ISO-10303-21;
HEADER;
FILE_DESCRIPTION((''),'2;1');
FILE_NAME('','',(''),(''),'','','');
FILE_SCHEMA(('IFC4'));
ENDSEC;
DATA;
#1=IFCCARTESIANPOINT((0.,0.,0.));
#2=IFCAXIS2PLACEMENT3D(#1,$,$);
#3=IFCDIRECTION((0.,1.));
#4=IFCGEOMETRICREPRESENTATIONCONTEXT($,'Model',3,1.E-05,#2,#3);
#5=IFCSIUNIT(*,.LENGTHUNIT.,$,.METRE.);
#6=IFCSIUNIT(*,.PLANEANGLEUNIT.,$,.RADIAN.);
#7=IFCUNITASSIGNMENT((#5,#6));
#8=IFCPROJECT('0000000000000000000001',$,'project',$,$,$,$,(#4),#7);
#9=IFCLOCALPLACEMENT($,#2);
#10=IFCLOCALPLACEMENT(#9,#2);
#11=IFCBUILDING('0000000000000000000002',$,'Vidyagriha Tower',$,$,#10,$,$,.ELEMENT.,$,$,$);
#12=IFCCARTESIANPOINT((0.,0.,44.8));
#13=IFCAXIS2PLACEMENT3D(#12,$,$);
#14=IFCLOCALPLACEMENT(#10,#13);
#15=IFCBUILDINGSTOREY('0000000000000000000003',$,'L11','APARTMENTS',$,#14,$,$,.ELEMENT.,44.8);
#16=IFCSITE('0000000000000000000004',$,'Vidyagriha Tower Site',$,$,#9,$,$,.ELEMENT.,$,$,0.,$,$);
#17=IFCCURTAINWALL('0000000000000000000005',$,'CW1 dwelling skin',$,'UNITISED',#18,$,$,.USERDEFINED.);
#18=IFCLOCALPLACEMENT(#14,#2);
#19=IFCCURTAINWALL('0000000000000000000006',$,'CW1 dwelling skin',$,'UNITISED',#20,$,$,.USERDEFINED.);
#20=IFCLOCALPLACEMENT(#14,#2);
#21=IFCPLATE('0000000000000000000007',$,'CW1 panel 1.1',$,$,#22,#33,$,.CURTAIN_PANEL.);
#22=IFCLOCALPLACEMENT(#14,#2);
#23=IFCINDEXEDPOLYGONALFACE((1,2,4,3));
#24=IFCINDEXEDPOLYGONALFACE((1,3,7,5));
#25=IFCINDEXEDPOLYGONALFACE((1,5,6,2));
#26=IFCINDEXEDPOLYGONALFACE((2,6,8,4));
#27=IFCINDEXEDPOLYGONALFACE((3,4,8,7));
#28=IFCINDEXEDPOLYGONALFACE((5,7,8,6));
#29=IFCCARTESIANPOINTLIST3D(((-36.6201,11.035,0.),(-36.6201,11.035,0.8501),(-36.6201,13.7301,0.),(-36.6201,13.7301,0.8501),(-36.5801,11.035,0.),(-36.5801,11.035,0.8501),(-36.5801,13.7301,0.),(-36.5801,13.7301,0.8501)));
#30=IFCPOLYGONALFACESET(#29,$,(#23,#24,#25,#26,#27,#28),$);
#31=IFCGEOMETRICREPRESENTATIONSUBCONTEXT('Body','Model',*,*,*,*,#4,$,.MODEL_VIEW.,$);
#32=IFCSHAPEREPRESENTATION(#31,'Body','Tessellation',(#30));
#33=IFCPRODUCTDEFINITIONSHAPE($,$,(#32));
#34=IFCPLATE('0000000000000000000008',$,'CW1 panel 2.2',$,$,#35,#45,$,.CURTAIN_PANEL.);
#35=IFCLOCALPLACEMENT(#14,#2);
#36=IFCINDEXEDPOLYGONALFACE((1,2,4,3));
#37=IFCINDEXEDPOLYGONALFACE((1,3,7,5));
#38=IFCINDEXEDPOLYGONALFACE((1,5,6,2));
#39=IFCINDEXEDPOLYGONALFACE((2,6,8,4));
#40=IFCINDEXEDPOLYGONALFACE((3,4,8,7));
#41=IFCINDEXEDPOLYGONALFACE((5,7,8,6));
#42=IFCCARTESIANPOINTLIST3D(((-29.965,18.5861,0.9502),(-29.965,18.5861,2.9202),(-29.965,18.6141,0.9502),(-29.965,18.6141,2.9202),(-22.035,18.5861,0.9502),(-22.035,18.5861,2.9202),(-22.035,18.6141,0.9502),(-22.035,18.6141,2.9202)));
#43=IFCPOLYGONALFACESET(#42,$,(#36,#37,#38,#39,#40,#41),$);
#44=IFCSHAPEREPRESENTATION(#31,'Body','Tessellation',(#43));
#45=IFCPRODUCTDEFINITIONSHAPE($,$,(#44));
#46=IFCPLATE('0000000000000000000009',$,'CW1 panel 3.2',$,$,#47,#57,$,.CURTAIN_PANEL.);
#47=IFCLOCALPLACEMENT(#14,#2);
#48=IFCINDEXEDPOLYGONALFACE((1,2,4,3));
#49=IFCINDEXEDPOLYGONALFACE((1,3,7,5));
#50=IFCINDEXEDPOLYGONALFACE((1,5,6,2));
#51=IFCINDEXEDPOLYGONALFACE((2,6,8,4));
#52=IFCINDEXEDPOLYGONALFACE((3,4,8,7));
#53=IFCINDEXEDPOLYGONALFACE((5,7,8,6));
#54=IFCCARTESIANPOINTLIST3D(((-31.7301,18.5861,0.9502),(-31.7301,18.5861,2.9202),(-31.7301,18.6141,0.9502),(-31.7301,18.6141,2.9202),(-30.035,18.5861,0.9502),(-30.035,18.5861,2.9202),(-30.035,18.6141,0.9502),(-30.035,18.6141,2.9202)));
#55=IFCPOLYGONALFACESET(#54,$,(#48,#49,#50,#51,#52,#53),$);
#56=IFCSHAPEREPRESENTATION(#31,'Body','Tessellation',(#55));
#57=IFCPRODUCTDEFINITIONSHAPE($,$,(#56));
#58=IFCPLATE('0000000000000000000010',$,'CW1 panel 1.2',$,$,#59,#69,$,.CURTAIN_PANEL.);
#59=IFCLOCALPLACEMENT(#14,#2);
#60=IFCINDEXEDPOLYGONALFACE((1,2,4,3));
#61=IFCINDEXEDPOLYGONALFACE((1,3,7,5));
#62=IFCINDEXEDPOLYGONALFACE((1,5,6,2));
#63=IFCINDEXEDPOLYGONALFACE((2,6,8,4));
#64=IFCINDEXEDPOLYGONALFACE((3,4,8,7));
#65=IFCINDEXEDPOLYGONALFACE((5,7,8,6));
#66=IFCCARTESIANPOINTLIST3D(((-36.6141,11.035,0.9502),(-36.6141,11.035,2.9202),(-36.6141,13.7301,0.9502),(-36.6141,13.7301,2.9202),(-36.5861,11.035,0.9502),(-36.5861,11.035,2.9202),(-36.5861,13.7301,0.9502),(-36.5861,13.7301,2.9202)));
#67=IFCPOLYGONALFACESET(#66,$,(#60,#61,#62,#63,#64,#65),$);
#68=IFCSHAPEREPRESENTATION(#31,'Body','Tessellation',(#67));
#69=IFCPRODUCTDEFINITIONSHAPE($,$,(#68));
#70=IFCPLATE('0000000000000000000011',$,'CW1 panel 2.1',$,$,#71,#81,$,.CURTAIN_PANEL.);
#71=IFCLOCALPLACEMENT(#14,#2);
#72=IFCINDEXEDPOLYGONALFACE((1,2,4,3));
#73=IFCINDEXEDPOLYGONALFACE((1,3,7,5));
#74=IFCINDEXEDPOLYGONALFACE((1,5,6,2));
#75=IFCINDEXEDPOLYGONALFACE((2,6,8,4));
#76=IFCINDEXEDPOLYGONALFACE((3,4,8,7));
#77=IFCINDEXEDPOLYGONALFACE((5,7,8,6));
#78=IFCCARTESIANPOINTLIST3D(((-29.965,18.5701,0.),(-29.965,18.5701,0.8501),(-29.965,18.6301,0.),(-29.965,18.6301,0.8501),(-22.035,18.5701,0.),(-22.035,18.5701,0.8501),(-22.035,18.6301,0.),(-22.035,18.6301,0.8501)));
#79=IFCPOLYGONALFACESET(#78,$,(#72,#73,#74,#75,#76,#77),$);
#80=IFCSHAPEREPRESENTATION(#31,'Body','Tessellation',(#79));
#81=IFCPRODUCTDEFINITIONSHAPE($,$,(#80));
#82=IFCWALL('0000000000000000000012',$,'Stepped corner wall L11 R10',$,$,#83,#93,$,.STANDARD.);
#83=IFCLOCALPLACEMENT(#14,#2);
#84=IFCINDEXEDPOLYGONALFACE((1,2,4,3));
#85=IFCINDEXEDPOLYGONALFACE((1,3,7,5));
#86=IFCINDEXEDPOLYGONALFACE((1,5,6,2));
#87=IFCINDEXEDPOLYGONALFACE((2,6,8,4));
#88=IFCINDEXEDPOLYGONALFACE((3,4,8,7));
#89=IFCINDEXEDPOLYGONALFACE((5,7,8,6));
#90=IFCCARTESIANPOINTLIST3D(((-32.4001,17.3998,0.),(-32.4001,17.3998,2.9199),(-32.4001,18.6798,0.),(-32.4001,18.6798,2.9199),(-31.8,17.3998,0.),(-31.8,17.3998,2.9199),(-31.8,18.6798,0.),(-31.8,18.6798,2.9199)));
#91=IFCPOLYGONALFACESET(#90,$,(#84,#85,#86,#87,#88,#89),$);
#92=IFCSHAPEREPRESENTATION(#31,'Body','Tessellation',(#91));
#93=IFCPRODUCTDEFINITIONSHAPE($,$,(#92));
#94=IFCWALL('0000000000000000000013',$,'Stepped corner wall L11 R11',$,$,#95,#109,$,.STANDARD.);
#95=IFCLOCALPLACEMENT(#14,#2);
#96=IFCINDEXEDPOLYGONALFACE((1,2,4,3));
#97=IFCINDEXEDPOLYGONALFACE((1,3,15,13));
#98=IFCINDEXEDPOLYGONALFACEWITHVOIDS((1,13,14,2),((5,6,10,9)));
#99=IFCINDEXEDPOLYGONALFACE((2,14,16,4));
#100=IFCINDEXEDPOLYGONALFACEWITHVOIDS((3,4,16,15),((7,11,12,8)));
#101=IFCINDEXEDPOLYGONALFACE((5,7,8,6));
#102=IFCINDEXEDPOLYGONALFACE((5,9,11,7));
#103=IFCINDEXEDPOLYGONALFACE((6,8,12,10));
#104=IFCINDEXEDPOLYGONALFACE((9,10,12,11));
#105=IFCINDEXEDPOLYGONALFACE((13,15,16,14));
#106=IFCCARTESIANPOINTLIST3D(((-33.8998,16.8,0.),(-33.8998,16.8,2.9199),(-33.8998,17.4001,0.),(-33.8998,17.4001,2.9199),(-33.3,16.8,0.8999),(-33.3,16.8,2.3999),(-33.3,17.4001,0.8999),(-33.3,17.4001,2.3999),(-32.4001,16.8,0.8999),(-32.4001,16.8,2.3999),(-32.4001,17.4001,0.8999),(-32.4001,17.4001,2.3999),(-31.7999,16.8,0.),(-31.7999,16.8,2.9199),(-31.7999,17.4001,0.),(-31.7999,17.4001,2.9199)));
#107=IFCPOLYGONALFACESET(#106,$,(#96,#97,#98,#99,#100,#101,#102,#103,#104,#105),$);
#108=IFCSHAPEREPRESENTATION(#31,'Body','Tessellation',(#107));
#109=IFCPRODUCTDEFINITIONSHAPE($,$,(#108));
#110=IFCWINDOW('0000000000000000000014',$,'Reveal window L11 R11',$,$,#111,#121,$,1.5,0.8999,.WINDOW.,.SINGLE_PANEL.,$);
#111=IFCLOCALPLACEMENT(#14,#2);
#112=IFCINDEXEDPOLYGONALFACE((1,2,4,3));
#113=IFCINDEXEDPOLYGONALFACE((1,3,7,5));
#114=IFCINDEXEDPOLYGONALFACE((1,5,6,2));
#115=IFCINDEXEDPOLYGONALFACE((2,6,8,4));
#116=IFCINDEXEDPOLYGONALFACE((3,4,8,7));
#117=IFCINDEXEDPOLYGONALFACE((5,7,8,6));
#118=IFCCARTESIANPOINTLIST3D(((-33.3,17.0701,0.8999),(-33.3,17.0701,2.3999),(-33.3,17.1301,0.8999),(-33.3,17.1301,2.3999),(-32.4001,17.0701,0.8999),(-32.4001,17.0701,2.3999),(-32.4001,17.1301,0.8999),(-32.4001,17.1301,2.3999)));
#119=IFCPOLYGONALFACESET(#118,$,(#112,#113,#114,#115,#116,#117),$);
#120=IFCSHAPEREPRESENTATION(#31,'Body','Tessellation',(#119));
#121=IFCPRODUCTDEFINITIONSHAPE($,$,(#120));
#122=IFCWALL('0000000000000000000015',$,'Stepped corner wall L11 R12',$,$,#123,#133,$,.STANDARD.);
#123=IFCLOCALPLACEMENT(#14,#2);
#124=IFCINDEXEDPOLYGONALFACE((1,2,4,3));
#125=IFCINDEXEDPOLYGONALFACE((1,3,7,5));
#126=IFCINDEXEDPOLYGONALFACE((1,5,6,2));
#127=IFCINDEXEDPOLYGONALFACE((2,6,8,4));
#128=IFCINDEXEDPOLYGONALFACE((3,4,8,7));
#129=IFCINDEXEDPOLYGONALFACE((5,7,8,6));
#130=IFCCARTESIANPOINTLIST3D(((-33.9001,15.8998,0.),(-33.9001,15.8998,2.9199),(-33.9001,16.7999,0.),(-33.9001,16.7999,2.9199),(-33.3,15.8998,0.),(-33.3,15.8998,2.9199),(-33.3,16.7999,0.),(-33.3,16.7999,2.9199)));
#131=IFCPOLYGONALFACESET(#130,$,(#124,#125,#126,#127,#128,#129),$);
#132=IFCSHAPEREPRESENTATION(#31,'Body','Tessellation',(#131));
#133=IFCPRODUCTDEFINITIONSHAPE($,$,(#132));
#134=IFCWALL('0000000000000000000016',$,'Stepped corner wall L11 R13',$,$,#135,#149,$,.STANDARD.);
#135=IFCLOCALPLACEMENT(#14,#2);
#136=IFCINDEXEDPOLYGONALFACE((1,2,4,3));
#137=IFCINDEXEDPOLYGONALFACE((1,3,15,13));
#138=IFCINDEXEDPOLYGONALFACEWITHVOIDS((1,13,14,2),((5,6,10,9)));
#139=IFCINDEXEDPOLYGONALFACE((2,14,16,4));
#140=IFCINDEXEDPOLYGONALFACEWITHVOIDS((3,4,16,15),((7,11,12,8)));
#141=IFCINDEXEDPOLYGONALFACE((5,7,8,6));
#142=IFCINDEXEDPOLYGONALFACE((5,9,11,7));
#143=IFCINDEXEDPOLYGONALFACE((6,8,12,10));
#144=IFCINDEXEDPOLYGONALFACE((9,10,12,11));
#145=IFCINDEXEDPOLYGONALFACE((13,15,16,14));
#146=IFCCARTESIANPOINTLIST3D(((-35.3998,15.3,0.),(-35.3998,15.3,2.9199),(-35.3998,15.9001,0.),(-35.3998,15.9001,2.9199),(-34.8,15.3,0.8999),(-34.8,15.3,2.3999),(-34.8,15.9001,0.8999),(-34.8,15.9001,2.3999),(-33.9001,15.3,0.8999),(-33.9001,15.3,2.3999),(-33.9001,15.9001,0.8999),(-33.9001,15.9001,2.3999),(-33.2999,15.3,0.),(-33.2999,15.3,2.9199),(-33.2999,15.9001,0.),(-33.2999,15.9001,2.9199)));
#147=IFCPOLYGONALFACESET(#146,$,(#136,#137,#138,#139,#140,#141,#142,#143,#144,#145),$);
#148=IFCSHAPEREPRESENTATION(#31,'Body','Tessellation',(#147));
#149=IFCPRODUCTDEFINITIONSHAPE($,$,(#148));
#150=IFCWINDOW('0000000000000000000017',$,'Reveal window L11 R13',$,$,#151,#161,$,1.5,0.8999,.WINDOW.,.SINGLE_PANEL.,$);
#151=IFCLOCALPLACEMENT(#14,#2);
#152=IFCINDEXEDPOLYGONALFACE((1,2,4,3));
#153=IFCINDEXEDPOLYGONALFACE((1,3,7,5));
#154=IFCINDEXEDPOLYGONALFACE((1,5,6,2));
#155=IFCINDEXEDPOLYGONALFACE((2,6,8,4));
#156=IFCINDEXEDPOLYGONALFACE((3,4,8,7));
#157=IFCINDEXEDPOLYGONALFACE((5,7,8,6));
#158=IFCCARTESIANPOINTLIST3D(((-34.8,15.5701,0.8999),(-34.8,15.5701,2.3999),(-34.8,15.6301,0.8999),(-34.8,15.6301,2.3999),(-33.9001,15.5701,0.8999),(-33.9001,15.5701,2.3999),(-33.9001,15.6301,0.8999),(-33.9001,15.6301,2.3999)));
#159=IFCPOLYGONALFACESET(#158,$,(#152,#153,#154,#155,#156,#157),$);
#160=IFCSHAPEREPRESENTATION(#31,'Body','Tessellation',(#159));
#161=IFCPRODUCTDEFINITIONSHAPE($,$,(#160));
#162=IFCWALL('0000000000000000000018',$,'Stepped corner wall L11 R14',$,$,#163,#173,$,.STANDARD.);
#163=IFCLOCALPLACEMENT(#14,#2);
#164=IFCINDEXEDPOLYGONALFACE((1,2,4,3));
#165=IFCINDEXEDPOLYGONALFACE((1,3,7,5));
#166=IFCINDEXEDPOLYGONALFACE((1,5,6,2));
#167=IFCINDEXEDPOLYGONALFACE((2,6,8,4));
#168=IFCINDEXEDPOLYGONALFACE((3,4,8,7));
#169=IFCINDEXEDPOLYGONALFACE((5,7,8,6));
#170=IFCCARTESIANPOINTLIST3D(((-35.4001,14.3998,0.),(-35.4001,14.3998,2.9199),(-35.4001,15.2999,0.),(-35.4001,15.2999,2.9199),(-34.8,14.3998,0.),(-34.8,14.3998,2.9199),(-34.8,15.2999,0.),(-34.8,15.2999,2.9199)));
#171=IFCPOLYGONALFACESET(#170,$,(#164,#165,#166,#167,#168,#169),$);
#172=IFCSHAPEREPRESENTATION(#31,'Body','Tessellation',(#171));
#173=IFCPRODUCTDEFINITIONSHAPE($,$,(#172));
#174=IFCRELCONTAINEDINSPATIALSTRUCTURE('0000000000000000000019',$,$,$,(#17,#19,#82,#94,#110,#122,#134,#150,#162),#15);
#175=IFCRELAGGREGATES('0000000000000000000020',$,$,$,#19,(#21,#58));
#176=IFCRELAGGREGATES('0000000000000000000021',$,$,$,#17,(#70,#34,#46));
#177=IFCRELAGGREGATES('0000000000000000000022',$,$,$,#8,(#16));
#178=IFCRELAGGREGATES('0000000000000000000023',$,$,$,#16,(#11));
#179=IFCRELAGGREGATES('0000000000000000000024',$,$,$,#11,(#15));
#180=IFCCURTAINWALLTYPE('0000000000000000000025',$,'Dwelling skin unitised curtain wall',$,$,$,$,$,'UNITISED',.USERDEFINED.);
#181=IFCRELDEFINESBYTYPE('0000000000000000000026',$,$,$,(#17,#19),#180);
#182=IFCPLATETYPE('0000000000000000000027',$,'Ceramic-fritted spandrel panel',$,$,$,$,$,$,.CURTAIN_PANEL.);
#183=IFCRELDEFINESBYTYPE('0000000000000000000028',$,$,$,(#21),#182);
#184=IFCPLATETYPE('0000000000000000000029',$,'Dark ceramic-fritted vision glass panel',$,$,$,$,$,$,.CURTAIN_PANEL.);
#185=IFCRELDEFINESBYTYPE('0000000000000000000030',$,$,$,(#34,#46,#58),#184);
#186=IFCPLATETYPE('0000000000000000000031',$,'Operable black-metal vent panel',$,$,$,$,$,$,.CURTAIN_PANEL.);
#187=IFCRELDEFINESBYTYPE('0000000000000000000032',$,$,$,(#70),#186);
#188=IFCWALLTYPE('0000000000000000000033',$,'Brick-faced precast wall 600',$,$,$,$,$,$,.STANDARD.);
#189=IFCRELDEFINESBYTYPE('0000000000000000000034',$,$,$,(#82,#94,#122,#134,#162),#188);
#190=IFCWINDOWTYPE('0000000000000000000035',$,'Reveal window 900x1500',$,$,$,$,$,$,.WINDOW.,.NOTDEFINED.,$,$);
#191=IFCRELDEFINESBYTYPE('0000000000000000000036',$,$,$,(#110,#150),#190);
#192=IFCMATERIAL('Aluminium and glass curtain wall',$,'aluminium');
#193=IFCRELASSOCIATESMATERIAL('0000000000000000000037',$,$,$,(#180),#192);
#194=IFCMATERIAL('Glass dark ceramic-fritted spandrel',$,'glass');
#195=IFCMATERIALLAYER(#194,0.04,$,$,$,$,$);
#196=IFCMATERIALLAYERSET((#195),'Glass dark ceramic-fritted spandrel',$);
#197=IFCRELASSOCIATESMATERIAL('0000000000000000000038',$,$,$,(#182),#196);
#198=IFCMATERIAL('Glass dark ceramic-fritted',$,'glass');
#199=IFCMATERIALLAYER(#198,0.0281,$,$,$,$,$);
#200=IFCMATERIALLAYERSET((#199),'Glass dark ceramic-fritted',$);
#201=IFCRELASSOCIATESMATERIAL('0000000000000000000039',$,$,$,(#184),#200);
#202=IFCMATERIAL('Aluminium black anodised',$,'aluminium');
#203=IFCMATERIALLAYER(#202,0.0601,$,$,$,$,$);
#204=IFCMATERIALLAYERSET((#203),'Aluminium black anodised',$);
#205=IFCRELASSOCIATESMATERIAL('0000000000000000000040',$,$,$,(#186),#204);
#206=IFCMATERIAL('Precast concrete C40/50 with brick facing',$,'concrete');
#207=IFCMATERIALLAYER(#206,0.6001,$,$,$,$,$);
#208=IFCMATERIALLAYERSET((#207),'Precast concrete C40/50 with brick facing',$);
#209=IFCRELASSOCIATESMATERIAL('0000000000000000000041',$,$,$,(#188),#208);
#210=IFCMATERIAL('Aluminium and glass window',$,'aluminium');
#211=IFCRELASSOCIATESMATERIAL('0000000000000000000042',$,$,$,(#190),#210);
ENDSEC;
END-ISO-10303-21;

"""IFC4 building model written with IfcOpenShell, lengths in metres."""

from ifc_helpers import new_model, si_unit, direction, frame, frame_2d, origin, origin_2d, place, context, subcontext, project, spatial, rectangle, extrude, material, layer, layer_set, type_object, element, fill, aggregate, save


model = new_model("IFC4")

# Units and contexts
model_context = context("Model", 3, precision=1e-05, world=origin(), true_north=direction((0.0, 1.0)))
body_context = subcontext(model_context, "Body", "Model", "MODEL_VIEW")
ifc_project = project(units=[si_unit("LENGTHUNIT", "METRE"), si_unit("PLANEANGLEUNIT", "RADIAN")], contexts=[model_context])

# Site, building, storey
site_placement = place(None, origin())
site = spatial("IfcSite", under=ifc_project, at=site_placement, Name="Vidyagriha Tower Site", CompositionType="ELEMENT", RefElevation=0.0)
building_placement = place(site_placement, origin())
building = spatial("IfcBuilding", under=site, at=building_placement, Name="Vidyagriha Tower", CompositionType="ELEMENT")
storey_placement = place(building_placement, frame((0.0, 0.0, 44.8)))
storey = spatial("IfcBuildingStorey", under=building, at=storey_placement, Name="L11", Description="APARTMENTS", CompositionType="ELEMENT", Elevation=44.8)

# Curtain wall
ifc_material_1 = material(Name="Aluminium and glass curtain wall", Category="aluminium")
curtain_wall_type = type_object("IfcCurtainWallType", Name="Dwelling skin unitised curtain wall", ElementType="UNITISED", PredefinedType="USERDEFINED", material=ifc_material_1)
curtain_wall_1_placement = place(storey_placement, origin())
curtain_wall_1 = element("IfcCurtainWall", 1, at=curtain_wall_1_placement, inside=storey, type_object=curtain_wall_type, Name="CW1 dwelling skin", ObjectType="UNITISED", PredefinedType="USERDEFINED")

# Curtain wall
curtain_wall_2_placement = place(storey_placement, origin())
curtain_wall_2 = element("IfcCurtainWall", 2, at=curtain_wall_2_placement, inside=storey, type_object=curtain_wall_type, Name="CW1 dwelling skin", ObjectType="UNITISED", PredefinedType="USERDEFINED")

# Plates
ifc_material_2 = material(Name="Glass dark ceramic-fritted spandrel", Category="glass")
ifc_layer_1 = layer(ifc_material_2, 0.04)
ifc_layer_set_1 = layer_set([ifc_layer_1], Name="Glass dark ceramic-fritted spandrel")
plate_type_1 = type_object("IfcPlateType", Name="Ceramic-fritted spandrel panel", PredefinedType="CURTAIN_PANEL", material=ifc_layer_set_1)
plate_1_placement = place(storey_placement, frame((-36.6001, 12.3826, 0.0), z_axis=(0.0, 0.0, 1.0), x_axis=(0.0, -1.0, 0.0)))
plate_1 = element("IfcPlate", 3, at=plate_1_placement, type_object=plate_type_1, Name="CW1 panel 1.1", PredefinedType="CURTAIN_PANEL", context=body_context, shape_type="SweptSolid", body=[
    extrude(rectangle(XDim=2.6951, YDim=0.04, at=origin_2d()), origin(), (0.0, 0.0, 1.0), 0.8501),
])
ifc_material_3 = material(Name="Glass dark ceramic-fritted", Category="glass")
ifc_layer_2 = layer(ifc_material_3, 0.0281)
ifc_layer_set_2 = layer_set([ifc_layer_2], Name="Glass dark ceramic-fritted")
plate_type_2 = type_object("IfcPlateType", Name="Dark ceramic-fritted vision glass panel", PredefinedType="CURTAIN_PANEL", material=ifc_layer_set_2)
plate_2_placement = place(storey_placement, frame((-26.0, 18.6001, 0.9502), z_axis=(0.0, 0.0, 1.0), x_axis=(-1.0, 0.0, 0.0)))
plate_2 = element("IfcPlate", 4, at=plate_2_placement, type_object=plate_type_2, Name="CW1 panel 2.2", PredefinedType="CURTAIN_PANEL", context=body_context, shape_type="SweptSolid", body=[
    extrude(rectangle(XDim=7.9299, YDim=0.0281, at=origin_2d()), origin(), (0.0, 0.0, 1.0), 1.97),
])
plate_3_placement = place(storey_placement, frame((-30.8826, 18.6001, 0.9502), z_axis=(0.0, 0.0, 1.0), x_axis=(-1.0, 0.0, 0.0)))
plate_3 = element("IfcPlate", 5, at=plate_3_placement, type_object=plate_type_2, Name="CW1 panel 3.2", PredefinedType="CURTAIN_PANEL", context=body_context, shape_type="SweptSolid", body=[
    extrude(rectangle(XDim=1.6951, YDim=0.0281, at=origin_2d()), origin(), (0.0, 0.0, 1.0), 1.97),
])
plate_4_placement = place(storey_placement, frame((-36.6001, 12.3826, 0.9502), z_axis=(0.0, 0.0, 1.0), x_axis=(0.0, -1.0, 0.0)))
plate_4 = element("IfcPlate", 6, at=plate_4_placement, type_object=plate_type_2, Name="CW1 panel 1.2", PredefinedType="CURTAIN_PANEL", context=body_context, shape_type="SweptSolid", body=[
    extrude(rectangle(XDim=2.6951, YDim=0.0281, at=origin_2d()), origin(), (0.0, 0.0, 1.0), 1.97),
])
aggregate(curtain_wall_2, [plate_1, plate_4])
ifc_material_4 = material(Name="Aluminium black anodised", Category="aluminium")
ifc_layer_3 = layer(ifc_material_4, 0.0601)
ifc_layer_set_3 = layer_set([ifc_layer_3], Name="Aluminium black anodised")
plate_type_3 = type_object("IfcPlateType", Name="Operable black-metal vent panel", PredefinedType="CURTAIN_PANEL", material=ifc_layer_set_3)
plate_5_placement = place(storey_placement, frame((-26.0, 18.6001, 0.0), z_axis=(0.0, 0.0, 1.0), x_axis=(-1.0, 0.0, 0.0)))
plate_5 = element("IfcPlate", 7, at=plate_5_placement, type_object=plate_type_3, Name="CW1 panel 2.1", PredefinedType="CURTAIN_PANEL", context=body_context, shape_type="SweptSolid", body=[
    extrude(rectangle(XDim=7.9299, YDim=0.0601, at=origin_2d()), origin(), (0.0, 0.0, 1.0), 0.8501),
])
aggregate(curtain_wall_1, [plate_5, plate_2, plate_3])

# Wall
ifc_material_5 = material(Name="Precast concrete C40/50 with brick facing", Category="concrete")
ifc_layer_4 = layer(ifc_material_5, 0.6001)
ifc_layer_set_4 = layer_set([ifc_layer_4], Name="Precast concrete C40/50 with brick facing")
wall_type_1 = type_object("IfcWallType", Name="Brick-faced precast wall 600", PredefinedType="STANDARD", material=ifc_layer_set_4)
wall_1_placement = place(storey_placement, frame((-32.1001, 18.6799, 0.0), z_axis=(0.0, 0.0, 1.0), x_axis=(0.0, -1.0, 0.0)))
element("IfcWall", 8, at=wall_1_placement, inside=storey, type_object=wall_type_1, Name="Stepped corner wall L11 R10", PredefinedType="STANDARD", context=body_context, shape_type="SweptSolid", body=[
    extrude(rectangle(XDim=1.28, YDim=0.6001, at=frame_2d((0.6401, 0.0))), origin(), (0.0, 0.0, 1.0), 2.9199),
])

# Wall, opening, window
wall_2_placement = place(storey_placement, frame((-31.8, 17.1001, 0.0), z_axis=(0.0, 0.0, 1.0), x_axis=(-1.0, 0.0, 0.0)))
wall_2 = element("IfcWall", 9, at=wall_2_placement, inside=storey, type_object=wall_type_1, Name="Stepped corner wall L11 R11", PredefinedType="STANDARD", context=body_context, shape_type="SweptSolid", body=[
    extrude(rectangle(XDim=2.0999, YDim=0.6001, at=frame_2d((1.0498, 0.0))), origin(), (0.0, 0.0, 1.0), 2.9199),
])
opening_1_placement = place(wall_2_placement, frame((0.6001, 0.0, 0.8999)))
opening_1 = element("IfcOpeningElement", 10, at=opening_1_placement, cuts=wall_2, PredefinedType="OPENING", context=body_context, shape_type="SweptSolid", body=[
    extrude(rectangle(XDim=0.8999, YDim=1.5, at=frame_2d((0.45, 0.75))), frame((0.0, 0.3101, 0.0), z_axis=(0.0, -1.0, 0.0), x_axis=(1.0, 0.0, 0.0)), (0.0, 0.0, 1.0), 0.6201),
])
ifc_material_6 = material(Name="Aluminium and glass window", Category="aluminium")
window_type = type_object("IfcWindowType", Name="Reveal window 900x1500", PartitioningType="NOTDEFINED", PredefinedType="WINDOW", material=ifc_material_6)
window_1_placement = place(opening_1_placement, origin())
window_1 = element("IfcWindow", 11, at=window_1_placement, inside=storey, type_object=window_type, Name="Reveal window L11 R11", OverallHeight=1.5, OverallWidth=0.8999, PartitioningType="SINGLE_PANEL", PredefinedType="WINDOW", context=body_context, shape_type="SweptSolid", body=[
    extrude(rectangle(XDim=0.8999, YDim=1.5, at=frame_2d((0.45, 0.75))), frame((0.0, 0.03, 0.0), z_axis=(0.0, -1.0, 0.0), x_axis=(1.0, 0.0, 0.0)), (0.0, 0.0, 1.0), 0.0601),
])
fill(opening_1, window_1)

# Wall
wall_3_placement = place(storey_placement, frame((-33.6001, 16.8, 0.0), z_axis=(0.0, 0.0, 1.0), x_axis=(0.0, -1.0, 0.0)))
element("IfcWall", 12, at=wall_3_placement, inside=storey, type_object=wall_type_1, Name="Stepped corner wall L11 R12", PredefinedType="STANDARD", context=body_context, shape_type="SweptSolid", body=[
    extrude(rectangle(XDim=0.9001, YDim=0.6001, at=frame_2d((0.4502, 0.0))), origin(), (0.0, 0.0, 1.0), 2.9199),
])

# Wall, opening, window
wall_4_placement = place(storey_placement, frame((-33.3, 15.6001, 0.0), z_axis=(0.0, 0.0, 1.0), x_axis=(-1.0, 0.0, 0.0)))
wall_4 = element("IfcWall", 13, at=wall_4_placement, inside=storey, type_object=wall_type_1, Name="Stepped corner wall L11 R13", PredefinedType="STANDARD", context=body_context, shape_type="SweptSolid", body=[
    extrude(rectangle(XDim=2.0999, YDim=0.6001, at=frame_2d((1.0498, 0.0))), origin(), (0.0, 0.0, 1.0), 2.9199),
])
opening_2_placement = place(wall_4_placement, frame((0.6001, 0.0, 0.8999)))
opening_2 = element("IfcOpeningElement", 14, at=opening_2_placement, cuts=wall_4, PredefinedType="OPENING", context=body_context, shape_type="SweptSolid", body=[
    extrude(rectangle(XDim=0.8999, YDim=1.5, at=frame_2d((0.45, 0.75))), frame((0.0, 0.3101, 0.0), z_axis=(0.0, -1.0, 0.0), x_axis=(1.0, 0.0, 0.0)), (0.0, 0.0, 1.0), 0.6201),
])
window_2_placement = place(opening_2_placement, origin())
window_2 = element("IfcWindow", 15, at=window_2_placement, inside=storey, type_object=window_type, Name="Reveal window L11 R13", OverallHeight=1.5, OverallWidth=0.8999, PartitioningType="SINGLE_PANEL", PredefinedType="WINDOW", context=body_context, shape_type="SweptSolid", body=[
    extrude(rectangle(XDim=0.8999, YDim=1.5, at=frame_2d((0.45, 0.75))), frame((0.0, 0.03, 0.0), z_axis=(0.0, -1.0, 0.0), x_axis=(1.0, 0.0, 0.0)), (0.0, 0.0, 1.0), 0.0601),
])
fill(opening_2, window_2)

# Wall
wall_5_placement = place(storey_placement, frame((-35.1001, 15.3, 0.0), z_axis=(0.0, 0.0, 1.0), x_axis=(0.0, -1.0, 0.0)))
element("IfcWall", 16, at=wall_5_placement, inside=storey, type_object=wall_type_1, Name="Stepped corner wall L11 R14", PredefinedType="STANDARD", context=body_context, shape_type="SweptSolid", body=[
    extrude(rectangle(XDim=0.9001, YDim=0.6001, at=frame_2d((0.4502, 0.0))), origin(), (0.0, 0.0, 1.0), 2.9199),
])

save(model, "model.ifc")
